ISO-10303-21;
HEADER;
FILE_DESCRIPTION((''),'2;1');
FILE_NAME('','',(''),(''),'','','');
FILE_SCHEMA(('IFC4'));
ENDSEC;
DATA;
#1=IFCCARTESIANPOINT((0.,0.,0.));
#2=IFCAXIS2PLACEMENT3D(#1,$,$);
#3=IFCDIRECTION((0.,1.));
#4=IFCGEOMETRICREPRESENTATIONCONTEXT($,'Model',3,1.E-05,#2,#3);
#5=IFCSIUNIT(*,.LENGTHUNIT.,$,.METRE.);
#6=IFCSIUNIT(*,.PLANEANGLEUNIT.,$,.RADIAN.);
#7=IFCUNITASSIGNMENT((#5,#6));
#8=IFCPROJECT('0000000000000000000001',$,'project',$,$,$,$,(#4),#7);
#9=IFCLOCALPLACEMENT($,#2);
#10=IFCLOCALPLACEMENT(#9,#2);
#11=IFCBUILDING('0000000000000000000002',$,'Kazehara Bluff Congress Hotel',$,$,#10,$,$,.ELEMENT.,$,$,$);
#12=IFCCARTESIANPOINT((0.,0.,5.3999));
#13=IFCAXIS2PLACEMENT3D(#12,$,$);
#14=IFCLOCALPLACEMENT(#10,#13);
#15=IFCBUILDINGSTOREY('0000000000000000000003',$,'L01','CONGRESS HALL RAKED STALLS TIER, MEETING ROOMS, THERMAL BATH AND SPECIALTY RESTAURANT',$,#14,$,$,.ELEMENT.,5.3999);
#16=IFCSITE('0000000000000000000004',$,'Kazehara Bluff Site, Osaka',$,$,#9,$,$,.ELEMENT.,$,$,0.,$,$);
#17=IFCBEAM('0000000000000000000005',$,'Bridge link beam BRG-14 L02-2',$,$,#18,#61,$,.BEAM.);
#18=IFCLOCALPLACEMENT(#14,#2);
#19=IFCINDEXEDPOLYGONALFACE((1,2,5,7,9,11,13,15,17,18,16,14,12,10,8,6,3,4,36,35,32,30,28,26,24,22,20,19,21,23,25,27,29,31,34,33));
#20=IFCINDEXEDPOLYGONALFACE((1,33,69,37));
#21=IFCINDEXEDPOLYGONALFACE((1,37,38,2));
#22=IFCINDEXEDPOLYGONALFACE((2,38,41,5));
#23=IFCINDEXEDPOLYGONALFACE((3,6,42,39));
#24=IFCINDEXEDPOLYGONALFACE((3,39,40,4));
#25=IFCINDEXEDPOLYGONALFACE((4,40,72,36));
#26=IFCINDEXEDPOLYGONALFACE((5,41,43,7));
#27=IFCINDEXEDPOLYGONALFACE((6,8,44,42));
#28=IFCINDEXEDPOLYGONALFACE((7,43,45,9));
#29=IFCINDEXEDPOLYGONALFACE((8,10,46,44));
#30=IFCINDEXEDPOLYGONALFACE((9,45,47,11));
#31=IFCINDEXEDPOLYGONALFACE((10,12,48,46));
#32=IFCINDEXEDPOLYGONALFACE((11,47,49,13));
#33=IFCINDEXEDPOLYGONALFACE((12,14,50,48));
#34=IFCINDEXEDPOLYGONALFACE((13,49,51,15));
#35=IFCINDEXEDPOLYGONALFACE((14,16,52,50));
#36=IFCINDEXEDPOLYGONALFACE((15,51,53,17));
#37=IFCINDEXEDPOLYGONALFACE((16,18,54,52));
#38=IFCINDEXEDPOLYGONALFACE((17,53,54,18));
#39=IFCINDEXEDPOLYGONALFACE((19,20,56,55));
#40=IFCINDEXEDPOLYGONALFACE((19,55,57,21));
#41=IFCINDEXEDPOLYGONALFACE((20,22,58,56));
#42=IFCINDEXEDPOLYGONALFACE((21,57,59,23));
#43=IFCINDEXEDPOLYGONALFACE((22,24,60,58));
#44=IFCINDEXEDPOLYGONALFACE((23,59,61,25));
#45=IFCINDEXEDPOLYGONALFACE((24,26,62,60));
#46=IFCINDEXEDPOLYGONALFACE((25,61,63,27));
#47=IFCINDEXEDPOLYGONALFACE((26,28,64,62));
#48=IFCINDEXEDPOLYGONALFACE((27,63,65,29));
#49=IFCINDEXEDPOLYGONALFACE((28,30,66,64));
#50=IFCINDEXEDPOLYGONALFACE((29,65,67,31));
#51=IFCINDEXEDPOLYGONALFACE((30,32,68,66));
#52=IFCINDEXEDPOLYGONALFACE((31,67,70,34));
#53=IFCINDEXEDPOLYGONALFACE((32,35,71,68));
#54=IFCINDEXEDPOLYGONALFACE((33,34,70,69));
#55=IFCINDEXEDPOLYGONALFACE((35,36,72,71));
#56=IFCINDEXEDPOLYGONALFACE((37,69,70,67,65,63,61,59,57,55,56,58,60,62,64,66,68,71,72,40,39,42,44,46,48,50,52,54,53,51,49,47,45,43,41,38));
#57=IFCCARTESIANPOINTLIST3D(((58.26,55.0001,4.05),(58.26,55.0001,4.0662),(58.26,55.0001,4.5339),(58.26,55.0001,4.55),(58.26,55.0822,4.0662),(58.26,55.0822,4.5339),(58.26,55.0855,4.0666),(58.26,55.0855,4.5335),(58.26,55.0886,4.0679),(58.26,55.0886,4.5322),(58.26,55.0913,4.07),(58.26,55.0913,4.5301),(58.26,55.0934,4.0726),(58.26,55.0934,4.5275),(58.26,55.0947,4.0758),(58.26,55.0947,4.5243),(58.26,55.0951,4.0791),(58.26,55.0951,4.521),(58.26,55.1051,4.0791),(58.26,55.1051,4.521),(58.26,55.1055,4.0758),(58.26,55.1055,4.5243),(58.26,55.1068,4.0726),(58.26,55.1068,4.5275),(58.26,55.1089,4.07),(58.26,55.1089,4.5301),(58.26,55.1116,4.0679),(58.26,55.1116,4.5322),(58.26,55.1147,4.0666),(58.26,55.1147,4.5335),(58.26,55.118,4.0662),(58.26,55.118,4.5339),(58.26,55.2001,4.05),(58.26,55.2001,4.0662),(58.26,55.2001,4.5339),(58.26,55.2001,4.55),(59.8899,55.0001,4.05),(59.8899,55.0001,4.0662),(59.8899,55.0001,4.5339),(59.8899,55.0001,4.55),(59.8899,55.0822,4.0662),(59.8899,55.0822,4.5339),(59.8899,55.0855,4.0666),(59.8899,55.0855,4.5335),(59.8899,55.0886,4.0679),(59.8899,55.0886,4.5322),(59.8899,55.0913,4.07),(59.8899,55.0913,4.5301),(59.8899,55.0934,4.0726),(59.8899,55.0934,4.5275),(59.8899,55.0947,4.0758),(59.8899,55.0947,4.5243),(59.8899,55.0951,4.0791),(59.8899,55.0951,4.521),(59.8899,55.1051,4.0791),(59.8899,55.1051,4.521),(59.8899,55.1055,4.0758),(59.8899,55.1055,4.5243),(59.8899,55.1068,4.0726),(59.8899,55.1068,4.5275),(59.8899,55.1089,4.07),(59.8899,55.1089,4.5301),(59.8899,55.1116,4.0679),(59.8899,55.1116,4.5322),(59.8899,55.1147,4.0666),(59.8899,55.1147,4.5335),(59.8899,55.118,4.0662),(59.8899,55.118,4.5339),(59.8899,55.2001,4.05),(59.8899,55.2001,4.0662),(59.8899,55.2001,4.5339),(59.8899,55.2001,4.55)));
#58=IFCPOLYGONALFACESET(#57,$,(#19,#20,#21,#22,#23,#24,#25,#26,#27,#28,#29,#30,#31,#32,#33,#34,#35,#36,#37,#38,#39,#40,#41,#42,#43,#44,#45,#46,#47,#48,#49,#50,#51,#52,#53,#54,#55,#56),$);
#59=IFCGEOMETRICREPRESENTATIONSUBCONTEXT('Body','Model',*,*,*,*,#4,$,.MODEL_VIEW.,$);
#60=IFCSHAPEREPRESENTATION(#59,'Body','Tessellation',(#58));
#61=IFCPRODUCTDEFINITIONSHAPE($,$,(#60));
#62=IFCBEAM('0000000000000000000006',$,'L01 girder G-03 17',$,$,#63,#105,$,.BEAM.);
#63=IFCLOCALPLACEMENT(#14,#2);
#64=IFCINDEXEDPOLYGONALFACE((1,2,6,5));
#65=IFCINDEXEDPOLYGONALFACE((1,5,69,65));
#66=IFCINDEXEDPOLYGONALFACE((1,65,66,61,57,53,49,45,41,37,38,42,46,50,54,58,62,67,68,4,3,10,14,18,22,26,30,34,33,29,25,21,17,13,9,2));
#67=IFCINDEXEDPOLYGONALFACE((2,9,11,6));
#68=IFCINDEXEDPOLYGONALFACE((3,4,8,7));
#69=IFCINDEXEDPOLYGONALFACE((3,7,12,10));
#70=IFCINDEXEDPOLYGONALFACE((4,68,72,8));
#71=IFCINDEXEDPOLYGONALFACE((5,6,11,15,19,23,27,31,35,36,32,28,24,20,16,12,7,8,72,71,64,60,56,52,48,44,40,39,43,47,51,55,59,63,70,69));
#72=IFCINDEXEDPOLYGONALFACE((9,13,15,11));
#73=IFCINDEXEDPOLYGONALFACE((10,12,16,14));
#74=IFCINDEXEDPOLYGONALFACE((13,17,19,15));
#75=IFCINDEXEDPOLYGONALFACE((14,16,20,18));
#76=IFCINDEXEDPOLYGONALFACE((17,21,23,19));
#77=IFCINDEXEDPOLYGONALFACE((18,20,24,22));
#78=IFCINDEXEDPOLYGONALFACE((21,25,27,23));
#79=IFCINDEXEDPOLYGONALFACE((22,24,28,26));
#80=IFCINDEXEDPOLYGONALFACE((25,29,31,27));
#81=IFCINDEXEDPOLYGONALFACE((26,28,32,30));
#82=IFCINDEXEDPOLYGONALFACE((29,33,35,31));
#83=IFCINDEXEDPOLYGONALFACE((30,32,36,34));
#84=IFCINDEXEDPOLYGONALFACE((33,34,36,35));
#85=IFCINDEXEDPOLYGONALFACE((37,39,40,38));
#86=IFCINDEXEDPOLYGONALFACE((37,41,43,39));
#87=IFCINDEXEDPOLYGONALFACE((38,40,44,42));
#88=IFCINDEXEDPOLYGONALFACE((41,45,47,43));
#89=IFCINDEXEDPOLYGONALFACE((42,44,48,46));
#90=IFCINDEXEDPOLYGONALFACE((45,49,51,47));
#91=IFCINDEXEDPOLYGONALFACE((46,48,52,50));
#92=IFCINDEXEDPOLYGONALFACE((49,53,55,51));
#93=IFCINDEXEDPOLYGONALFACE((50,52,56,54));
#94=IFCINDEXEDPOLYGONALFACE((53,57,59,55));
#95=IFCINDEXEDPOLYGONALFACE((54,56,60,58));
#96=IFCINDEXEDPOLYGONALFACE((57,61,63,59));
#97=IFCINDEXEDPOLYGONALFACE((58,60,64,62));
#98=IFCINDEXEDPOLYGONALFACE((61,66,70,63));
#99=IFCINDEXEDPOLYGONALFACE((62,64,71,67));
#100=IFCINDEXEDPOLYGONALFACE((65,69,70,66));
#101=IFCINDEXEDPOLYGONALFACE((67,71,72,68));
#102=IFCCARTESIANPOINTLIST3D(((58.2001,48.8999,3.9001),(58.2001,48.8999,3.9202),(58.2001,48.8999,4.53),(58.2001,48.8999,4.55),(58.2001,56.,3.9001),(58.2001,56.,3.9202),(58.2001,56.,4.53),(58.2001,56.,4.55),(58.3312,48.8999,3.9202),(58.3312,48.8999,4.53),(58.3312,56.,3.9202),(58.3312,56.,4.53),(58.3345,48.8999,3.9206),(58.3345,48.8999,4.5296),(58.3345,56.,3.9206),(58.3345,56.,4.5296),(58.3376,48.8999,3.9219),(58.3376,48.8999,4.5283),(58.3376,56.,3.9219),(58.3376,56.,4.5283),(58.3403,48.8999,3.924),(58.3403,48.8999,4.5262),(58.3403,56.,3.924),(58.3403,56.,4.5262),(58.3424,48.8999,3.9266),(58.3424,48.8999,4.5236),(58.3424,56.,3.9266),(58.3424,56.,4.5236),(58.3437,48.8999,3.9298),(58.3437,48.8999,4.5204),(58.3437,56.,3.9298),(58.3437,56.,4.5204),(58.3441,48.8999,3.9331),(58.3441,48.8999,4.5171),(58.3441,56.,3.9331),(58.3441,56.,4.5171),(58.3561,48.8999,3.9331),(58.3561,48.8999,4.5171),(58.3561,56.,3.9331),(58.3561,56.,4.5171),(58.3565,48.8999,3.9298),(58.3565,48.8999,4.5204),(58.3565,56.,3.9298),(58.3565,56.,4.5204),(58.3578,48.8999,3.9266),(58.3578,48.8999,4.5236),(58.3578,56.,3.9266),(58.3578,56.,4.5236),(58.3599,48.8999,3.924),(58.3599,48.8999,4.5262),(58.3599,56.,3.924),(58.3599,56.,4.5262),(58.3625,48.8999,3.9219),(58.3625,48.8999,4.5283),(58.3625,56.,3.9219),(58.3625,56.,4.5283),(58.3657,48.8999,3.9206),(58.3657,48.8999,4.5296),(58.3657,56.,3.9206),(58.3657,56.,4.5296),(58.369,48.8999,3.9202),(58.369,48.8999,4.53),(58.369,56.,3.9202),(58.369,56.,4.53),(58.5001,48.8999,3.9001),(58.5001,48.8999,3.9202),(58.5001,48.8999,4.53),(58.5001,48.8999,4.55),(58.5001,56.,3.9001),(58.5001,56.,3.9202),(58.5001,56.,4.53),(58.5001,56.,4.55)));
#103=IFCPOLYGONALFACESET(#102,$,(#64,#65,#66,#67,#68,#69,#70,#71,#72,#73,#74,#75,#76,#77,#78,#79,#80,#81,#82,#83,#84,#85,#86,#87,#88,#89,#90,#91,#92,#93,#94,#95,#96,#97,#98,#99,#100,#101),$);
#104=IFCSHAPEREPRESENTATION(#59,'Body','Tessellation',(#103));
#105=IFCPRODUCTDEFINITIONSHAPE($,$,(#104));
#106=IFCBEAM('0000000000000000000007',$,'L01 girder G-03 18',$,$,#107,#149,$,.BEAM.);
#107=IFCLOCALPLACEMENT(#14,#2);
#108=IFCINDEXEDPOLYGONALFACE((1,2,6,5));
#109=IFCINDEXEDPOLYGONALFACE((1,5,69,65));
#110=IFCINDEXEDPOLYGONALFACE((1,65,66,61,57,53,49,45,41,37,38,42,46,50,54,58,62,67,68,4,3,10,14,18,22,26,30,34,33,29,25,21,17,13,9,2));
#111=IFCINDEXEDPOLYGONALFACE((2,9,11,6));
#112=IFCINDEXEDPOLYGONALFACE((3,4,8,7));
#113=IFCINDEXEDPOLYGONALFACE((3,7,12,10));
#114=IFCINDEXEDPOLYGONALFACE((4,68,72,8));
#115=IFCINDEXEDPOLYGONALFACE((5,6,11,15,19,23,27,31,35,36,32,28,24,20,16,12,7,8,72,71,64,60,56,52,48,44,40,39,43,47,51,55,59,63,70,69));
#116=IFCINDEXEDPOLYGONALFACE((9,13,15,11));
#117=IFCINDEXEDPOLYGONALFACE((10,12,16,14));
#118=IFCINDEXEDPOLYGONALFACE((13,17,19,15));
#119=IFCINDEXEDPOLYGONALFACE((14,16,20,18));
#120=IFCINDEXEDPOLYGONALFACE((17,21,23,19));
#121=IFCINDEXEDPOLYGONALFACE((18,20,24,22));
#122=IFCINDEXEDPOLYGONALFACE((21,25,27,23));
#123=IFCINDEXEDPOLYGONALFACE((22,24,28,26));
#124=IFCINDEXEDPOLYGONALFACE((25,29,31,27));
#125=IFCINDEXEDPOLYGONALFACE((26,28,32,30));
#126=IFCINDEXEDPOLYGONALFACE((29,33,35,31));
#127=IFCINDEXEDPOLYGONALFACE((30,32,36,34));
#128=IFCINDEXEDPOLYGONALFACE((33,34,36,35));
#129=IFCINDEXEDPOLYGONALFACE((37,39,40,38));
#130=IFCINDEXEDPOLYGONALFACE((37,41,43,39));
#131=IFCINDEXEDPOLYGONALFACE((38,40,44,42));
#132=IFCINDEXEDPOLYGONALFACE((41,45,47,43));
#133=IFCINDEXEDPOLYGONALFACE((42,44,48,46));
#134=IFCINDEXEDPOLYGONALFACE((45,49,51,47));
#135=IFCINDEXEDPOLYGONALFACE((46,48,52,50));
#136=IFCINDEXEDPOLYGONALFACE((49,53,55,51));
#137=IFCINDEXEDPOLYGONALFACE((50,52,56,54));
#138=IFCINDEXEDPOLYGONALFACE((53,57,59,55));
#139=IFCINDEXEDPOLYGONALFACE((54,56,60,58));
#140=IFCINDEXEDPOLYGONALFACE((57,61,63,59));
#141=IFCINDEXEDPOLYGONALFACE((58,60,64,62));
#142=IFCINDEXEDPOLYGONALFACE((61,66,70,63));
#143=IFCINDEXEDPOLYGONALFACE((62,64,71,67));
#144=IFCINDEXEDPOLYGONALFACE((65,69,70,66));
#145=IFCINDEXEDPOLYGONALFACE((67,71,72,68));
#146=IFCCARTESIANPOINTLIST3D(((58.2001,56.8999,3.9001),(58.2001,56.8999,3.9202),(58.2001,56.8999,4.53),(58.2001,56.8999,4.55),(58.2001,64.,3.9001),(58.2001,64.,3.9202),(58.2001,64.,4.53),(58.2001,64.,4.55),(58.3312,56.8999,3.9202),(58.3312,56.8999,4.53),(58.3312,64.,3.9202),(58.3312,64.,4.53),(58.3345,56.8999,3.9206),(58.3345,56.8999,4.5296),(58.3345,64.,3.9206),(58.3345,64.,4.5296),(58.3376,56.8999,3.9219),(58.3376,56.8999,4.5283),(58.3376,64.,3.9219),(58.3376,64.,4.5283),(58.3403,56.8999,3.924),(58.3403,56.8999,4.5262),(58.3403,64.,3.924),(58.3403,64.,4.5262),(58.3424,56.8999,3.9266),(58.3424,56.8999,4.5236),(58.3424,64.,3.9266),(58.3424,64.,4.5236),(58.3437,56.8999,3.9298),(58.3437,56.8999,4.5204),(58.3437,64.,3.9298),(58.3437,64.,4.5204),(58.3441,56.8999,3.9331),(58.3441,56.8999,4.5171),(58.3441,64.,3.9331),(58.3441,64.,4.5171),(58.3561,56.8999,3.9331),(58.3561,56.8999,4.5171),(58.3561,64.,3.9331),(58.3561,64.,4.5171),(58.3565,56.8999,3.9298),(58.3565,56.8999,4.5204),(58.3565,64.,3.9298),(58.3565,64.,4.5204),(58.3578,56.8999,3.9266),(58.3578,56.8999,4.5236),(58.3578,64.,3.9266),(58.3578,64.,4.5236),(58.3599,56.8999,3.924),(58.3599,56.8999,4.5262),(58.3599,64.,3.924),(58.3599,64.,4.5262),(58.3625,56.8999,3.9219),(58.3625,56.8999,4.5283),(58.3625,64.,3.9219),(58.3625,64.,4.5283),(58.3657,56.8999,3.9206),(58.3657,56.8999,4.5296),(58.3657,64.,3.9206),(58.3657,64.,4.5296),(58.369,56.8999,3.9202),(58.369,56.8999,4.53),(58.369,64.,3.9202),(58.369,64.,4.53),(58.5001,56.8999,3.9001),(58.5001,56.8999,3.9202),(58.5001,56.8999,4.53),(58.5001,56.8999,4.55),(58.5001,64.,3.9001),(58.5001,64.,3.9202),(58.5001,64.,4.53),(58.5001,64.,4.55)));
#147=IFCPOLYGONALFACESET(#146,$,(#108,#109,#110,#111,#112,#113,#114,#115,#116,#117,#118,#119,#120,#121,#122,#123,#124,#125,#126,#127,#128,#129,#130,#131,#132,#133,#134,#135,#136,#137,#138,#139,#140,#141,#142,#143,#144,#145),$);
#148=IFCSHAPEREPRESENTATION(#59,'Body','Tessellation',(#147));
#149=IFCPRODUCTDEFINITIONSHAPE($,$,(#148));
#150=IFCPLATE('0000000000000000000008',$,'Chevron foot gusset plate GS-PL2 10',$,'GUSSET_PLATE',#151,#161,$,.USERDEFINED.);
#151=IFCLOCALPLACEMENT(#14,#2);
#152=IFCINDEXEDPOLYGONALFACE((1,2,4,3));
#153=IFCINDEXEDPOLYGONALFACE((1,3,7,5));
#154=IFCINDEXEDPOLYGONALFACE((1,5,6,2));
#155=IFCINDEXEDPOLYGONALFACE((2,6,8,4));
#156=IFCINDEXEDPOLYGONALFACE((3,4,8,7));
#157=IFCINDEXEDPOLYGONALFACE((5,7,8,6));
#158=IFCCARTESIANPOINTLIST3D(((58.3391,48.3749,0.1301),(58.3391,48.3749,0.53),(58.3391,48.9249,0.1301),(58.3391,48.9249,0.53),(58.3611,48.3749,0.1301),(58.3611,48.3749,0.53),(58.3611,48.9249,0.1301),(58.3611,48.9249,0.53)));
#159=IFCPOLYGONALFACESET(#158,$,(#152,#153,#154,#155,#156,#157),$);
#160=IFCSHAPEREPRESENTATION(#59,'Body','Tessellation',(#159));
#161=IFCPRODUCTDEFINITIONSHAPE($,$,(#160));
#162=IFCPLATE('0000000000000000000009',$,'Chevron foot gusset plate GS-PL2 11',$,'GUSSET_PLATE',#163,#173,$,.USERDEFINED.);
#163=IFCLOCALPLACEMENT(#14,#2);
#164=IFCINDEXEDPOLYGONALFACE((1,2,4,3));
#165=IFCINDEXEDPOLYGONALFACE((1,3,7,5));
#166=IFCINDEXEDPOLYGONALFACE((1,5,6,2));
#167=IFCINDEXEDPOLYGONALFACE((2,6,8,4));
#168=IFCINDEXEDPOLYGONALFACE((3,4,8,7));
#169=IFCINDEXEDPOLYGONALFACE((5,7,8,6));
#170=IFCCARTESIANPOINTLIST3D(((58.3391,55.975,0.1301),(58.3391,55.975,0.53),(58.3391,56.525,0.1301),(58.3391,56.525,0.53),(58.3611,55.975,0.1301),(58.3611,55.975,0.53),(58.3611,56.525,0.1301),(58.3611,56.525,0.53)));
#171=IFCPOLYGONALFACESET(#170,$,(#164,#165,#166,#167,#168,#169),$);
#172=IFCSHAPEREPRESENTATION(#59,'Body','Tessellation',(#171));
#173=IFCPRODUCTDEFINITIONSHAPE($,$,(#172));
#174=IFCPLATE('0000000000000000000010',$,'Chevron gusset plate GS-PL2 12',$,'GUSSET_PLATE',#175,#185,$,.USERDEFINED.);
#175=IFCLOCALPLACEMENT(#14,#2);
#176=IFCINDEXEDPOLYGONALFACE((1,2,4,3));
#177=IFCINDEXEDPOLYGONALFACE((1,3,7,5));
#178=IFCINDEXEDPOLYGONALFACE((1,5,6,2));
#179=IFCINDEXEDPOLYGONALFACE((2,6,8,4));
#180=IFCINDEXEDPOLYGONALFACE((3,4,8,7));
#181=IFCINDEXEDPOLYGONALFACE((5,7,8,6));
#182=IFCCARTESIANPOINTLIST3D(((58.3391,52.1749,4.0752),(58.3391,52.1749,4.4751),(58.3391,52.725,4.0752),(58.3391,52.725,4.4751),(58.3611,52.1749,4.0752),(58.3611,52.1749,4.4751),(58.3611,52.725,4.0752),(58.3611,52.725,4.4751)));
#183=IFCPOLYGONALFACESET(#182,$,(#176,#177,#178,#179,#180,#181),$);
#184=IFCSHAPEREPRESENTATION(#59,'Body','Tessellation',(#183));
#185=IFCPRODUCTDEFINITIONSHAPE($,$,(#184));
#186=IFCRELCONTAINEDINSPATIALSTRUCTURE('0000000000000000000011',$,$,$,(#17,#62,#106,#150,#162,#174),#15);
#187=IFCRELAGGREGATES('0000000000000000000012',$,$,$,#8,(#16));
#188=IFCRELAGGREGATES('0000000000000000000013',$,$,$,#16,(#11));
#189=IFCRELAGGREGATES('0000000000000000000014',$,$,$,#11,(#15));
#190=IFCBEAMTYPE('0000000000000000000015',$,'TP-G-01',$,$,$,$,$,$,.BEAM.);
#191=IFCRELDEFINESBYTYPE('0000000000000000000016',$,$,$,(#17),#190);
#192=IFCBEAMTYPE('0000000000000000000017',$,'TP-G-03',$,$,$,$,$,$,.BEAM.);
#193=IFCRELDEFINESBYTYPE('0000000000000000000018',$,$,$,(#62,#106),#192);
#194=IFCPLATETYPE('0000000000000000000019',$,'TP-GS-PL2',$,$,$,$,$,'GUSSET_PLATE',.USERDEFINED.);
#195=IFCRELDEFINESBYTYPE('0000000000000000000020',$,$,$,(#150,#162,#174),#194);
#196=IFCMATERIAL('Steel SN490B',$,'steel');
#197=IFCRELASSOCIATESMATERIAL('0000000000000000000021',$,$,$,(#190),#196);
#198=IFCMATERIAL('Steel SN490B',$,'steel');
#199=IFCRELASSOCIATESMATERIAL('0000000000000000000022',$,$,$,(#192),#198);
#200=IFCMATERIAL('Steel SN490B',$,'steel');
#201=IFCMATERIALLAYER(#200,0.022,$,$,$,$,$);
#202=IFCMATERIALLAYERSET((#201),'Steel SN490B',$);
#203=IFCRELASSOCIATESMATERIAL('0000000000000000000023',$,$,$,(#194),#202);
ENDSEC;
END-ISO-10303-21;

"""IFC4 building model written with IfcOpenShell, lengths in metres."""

from ifc_helpers import new_model, si_unit, direction, frame, origin, origin_2d, place, context, subcontext, project, spatial, rectangle, i_section, extrude, material, layer, layer_set, material_profile, profile_set, type_object, element, save


model = new_model("IFC4")

# Units and contexts
model_context = context("Model", 3, precision=1e-05, world=origin(), true_north=direction((0.0, 1.0)))
body_context = subcontext(model_context, "Body", "Model", "MODEL_VIEW")
ifc_project = project(units=[si_unit("LENGTHUNIT", "METRE"), si_unit("PLANEANGLEUNIT", "RADIAN")], contexts=[model_context])

# Site, building, storey
site_placement = place(None, origin())
site = spatial("IfcSite", under=ifc_project, at=site_placement, Name="Kazehara Bluff Site, Osaka", CompositionType="ELEMENT", RefElevation=0.0)
building_placement = place(site_placement, origin())
building = spatial("IfcBuilding", under=site, at=building_placement, Name="Kazehara Bluff Congress Hotel", CompositionType="ELEMENT")
storey_placement = place(building_placement, frame((0.0, 0.0, 5.3999)))
storey = spatial("IfcBuildingStorey", under=building, at=storey_placement, Name="L01", Description="CONGRESS HALL RAKED STALLS TIER, MEETING ROOMS, THERMAL BATH AND SPECIALTY RESTAURANT", CompositionType="ELEMENT", Elevation=5.3999)

# Beams
ifc_material_1 = material(Name="Steel SN490B", Category="steel")
ifc_material_profile_1 = material_profile(ifc_material_1, i_section(OverallWidth=0.2, OverallDepth=0.5, WebThickness=0.01, FlangeThickness=0.0161, FilletRadius=0.0129, at=origin_2d()))
ifc_profile_set_1 = profile_set([ifc_material_profile_1], Name="Steel SN490B")
beam_type_1 = type_object("IfcBeamType", Name="TP-G-01", PredefinedType="BEAM", material=ifc_profile_set_1)
for number, where, z_axis, x_axis, name in (
    (1, (58.26, 55.1001, 4.3), (1.0, 0.0, 0.0), (0.0, 1.0, 0.0), "Bridge link beam BRG-14 L02-2"),
):
    element("IfcBeam", number, at=place(storey_placement, frame(where, z_axis=z_axis, x_axis=x_axis)), inside=storey, type_object=beam_type_1, Name=name, PredefinedType="BEAM", context=body_context, shape_type="SweptSolid", body=[
        extrude(i_section(OverallWidth=0.2, OverallDepth=0.5, WebThickness=0.01, FlangeThickness=0.0161, FilletRadius=0.0129, at=origin_2d()), origin(), (0.0, 0.0, 1.0), 1.6299),
    ])
ifc_material_2 = material(Name="Steel SN490B", Category="steel")
ifc_material_profile_2 = material_profile(ifc_material_2, i_section(OverallWidth=0.3, OverallDepth=0.6499, WebThickness=0.012, FlangeThickness=0.02, FilletRadius=0.0129, at=origin_2d()))
ifc_profile_set_2 = profile_set([ifc_material_profile_2], Name="Steel SN490B")
beam_type_2 = type_object("IfcBeamType", Name="TP-G-03", PredefinedType="BEAM", material=ifc_profile_set_2)
for number, where, z_axis, x_axis, name in (
    (2, (58.3501, 48.8999, 4.2251), (0.0, 1.0, 0.0), (-1.0, 0.0, 0.0), "L01 girder G-03 17"),
    (3, (58.3501, 56.8999, 4.2251), (0.0, 1.0, 0.0), (-1.0, 0.0, 0.0), "L01 girder G-03 18"),
):
    element("IfcBeam", number, at=place(storey_placement, frame(where, z_axis=z_axis, x_axis=x_axis)), inside=storey, type_object=beam_type_2, Name=name, PredefinedType="BEAM", context=body_context, shape_type="SweptSolid", body=[
        extrude(i_section(OverallWidth=0.3, OverallDepth=0.6499, WebThickness=0.012, FlangeThickness=0.02, FilletRadius=0.0129, at=origin_2d()), origin(), (0.0, 0.0, 1.0), 7.1001),
    ])

# Plates
ifc_material_3 = material(Name="Steel SN490B", Category="steel")
ifc_layer_1 = layer(ifc_material_3, 0.022)
ifc_layer_set_1 = layer_set([ifc_layer_1], Name="Steel SN490B")
plate_type = type_object("IfcPlateType", Name="TP-GS-PL2", ElementType="GUSSET_PLATE", PredefinedType="USERDEFINED", material=ifc_layer_set_1)
for number, where, z_axis, x_axis, name in (
    (4, (58.3501, 48.6499, 0.1301), (0.0, 0.0, 1.0), (1.0, 0.0, 0.0), "Chevron foot gusset plate GS-PL2 10"),
    (5, (58.3501, 56.25, 0.1301), (0.0, 0.0, 1.0), (1.0, 0.0, 0.0), "Chevron foot gusset plate GS-PL2 11"),
    (6, (58.3501, 52.45, 4.0752), (0.0, 0.0, 1.0), (1.0, 0.0, 0.0), "Chevron gusset plate GS-PL2 12"),
):
    element("IfcPlate", number, at=place(storey_placement, frame(where, z_axis=z_axis, x_axis=x_axis)), inside=storey, type_object=plate_type, Name=name, ObjectType="GUSSET_PLATE", PredefinedType="USERDEFINED", context=body_context, shape_type="SweptSolid", body=[
        extrude(rectangle(XDim=0.022, YDim=0.55, at=origin_2d()), origin(), (0.0, 0.0, 1.0), 0.3999),
    ])

save(model, "model.ifc")
